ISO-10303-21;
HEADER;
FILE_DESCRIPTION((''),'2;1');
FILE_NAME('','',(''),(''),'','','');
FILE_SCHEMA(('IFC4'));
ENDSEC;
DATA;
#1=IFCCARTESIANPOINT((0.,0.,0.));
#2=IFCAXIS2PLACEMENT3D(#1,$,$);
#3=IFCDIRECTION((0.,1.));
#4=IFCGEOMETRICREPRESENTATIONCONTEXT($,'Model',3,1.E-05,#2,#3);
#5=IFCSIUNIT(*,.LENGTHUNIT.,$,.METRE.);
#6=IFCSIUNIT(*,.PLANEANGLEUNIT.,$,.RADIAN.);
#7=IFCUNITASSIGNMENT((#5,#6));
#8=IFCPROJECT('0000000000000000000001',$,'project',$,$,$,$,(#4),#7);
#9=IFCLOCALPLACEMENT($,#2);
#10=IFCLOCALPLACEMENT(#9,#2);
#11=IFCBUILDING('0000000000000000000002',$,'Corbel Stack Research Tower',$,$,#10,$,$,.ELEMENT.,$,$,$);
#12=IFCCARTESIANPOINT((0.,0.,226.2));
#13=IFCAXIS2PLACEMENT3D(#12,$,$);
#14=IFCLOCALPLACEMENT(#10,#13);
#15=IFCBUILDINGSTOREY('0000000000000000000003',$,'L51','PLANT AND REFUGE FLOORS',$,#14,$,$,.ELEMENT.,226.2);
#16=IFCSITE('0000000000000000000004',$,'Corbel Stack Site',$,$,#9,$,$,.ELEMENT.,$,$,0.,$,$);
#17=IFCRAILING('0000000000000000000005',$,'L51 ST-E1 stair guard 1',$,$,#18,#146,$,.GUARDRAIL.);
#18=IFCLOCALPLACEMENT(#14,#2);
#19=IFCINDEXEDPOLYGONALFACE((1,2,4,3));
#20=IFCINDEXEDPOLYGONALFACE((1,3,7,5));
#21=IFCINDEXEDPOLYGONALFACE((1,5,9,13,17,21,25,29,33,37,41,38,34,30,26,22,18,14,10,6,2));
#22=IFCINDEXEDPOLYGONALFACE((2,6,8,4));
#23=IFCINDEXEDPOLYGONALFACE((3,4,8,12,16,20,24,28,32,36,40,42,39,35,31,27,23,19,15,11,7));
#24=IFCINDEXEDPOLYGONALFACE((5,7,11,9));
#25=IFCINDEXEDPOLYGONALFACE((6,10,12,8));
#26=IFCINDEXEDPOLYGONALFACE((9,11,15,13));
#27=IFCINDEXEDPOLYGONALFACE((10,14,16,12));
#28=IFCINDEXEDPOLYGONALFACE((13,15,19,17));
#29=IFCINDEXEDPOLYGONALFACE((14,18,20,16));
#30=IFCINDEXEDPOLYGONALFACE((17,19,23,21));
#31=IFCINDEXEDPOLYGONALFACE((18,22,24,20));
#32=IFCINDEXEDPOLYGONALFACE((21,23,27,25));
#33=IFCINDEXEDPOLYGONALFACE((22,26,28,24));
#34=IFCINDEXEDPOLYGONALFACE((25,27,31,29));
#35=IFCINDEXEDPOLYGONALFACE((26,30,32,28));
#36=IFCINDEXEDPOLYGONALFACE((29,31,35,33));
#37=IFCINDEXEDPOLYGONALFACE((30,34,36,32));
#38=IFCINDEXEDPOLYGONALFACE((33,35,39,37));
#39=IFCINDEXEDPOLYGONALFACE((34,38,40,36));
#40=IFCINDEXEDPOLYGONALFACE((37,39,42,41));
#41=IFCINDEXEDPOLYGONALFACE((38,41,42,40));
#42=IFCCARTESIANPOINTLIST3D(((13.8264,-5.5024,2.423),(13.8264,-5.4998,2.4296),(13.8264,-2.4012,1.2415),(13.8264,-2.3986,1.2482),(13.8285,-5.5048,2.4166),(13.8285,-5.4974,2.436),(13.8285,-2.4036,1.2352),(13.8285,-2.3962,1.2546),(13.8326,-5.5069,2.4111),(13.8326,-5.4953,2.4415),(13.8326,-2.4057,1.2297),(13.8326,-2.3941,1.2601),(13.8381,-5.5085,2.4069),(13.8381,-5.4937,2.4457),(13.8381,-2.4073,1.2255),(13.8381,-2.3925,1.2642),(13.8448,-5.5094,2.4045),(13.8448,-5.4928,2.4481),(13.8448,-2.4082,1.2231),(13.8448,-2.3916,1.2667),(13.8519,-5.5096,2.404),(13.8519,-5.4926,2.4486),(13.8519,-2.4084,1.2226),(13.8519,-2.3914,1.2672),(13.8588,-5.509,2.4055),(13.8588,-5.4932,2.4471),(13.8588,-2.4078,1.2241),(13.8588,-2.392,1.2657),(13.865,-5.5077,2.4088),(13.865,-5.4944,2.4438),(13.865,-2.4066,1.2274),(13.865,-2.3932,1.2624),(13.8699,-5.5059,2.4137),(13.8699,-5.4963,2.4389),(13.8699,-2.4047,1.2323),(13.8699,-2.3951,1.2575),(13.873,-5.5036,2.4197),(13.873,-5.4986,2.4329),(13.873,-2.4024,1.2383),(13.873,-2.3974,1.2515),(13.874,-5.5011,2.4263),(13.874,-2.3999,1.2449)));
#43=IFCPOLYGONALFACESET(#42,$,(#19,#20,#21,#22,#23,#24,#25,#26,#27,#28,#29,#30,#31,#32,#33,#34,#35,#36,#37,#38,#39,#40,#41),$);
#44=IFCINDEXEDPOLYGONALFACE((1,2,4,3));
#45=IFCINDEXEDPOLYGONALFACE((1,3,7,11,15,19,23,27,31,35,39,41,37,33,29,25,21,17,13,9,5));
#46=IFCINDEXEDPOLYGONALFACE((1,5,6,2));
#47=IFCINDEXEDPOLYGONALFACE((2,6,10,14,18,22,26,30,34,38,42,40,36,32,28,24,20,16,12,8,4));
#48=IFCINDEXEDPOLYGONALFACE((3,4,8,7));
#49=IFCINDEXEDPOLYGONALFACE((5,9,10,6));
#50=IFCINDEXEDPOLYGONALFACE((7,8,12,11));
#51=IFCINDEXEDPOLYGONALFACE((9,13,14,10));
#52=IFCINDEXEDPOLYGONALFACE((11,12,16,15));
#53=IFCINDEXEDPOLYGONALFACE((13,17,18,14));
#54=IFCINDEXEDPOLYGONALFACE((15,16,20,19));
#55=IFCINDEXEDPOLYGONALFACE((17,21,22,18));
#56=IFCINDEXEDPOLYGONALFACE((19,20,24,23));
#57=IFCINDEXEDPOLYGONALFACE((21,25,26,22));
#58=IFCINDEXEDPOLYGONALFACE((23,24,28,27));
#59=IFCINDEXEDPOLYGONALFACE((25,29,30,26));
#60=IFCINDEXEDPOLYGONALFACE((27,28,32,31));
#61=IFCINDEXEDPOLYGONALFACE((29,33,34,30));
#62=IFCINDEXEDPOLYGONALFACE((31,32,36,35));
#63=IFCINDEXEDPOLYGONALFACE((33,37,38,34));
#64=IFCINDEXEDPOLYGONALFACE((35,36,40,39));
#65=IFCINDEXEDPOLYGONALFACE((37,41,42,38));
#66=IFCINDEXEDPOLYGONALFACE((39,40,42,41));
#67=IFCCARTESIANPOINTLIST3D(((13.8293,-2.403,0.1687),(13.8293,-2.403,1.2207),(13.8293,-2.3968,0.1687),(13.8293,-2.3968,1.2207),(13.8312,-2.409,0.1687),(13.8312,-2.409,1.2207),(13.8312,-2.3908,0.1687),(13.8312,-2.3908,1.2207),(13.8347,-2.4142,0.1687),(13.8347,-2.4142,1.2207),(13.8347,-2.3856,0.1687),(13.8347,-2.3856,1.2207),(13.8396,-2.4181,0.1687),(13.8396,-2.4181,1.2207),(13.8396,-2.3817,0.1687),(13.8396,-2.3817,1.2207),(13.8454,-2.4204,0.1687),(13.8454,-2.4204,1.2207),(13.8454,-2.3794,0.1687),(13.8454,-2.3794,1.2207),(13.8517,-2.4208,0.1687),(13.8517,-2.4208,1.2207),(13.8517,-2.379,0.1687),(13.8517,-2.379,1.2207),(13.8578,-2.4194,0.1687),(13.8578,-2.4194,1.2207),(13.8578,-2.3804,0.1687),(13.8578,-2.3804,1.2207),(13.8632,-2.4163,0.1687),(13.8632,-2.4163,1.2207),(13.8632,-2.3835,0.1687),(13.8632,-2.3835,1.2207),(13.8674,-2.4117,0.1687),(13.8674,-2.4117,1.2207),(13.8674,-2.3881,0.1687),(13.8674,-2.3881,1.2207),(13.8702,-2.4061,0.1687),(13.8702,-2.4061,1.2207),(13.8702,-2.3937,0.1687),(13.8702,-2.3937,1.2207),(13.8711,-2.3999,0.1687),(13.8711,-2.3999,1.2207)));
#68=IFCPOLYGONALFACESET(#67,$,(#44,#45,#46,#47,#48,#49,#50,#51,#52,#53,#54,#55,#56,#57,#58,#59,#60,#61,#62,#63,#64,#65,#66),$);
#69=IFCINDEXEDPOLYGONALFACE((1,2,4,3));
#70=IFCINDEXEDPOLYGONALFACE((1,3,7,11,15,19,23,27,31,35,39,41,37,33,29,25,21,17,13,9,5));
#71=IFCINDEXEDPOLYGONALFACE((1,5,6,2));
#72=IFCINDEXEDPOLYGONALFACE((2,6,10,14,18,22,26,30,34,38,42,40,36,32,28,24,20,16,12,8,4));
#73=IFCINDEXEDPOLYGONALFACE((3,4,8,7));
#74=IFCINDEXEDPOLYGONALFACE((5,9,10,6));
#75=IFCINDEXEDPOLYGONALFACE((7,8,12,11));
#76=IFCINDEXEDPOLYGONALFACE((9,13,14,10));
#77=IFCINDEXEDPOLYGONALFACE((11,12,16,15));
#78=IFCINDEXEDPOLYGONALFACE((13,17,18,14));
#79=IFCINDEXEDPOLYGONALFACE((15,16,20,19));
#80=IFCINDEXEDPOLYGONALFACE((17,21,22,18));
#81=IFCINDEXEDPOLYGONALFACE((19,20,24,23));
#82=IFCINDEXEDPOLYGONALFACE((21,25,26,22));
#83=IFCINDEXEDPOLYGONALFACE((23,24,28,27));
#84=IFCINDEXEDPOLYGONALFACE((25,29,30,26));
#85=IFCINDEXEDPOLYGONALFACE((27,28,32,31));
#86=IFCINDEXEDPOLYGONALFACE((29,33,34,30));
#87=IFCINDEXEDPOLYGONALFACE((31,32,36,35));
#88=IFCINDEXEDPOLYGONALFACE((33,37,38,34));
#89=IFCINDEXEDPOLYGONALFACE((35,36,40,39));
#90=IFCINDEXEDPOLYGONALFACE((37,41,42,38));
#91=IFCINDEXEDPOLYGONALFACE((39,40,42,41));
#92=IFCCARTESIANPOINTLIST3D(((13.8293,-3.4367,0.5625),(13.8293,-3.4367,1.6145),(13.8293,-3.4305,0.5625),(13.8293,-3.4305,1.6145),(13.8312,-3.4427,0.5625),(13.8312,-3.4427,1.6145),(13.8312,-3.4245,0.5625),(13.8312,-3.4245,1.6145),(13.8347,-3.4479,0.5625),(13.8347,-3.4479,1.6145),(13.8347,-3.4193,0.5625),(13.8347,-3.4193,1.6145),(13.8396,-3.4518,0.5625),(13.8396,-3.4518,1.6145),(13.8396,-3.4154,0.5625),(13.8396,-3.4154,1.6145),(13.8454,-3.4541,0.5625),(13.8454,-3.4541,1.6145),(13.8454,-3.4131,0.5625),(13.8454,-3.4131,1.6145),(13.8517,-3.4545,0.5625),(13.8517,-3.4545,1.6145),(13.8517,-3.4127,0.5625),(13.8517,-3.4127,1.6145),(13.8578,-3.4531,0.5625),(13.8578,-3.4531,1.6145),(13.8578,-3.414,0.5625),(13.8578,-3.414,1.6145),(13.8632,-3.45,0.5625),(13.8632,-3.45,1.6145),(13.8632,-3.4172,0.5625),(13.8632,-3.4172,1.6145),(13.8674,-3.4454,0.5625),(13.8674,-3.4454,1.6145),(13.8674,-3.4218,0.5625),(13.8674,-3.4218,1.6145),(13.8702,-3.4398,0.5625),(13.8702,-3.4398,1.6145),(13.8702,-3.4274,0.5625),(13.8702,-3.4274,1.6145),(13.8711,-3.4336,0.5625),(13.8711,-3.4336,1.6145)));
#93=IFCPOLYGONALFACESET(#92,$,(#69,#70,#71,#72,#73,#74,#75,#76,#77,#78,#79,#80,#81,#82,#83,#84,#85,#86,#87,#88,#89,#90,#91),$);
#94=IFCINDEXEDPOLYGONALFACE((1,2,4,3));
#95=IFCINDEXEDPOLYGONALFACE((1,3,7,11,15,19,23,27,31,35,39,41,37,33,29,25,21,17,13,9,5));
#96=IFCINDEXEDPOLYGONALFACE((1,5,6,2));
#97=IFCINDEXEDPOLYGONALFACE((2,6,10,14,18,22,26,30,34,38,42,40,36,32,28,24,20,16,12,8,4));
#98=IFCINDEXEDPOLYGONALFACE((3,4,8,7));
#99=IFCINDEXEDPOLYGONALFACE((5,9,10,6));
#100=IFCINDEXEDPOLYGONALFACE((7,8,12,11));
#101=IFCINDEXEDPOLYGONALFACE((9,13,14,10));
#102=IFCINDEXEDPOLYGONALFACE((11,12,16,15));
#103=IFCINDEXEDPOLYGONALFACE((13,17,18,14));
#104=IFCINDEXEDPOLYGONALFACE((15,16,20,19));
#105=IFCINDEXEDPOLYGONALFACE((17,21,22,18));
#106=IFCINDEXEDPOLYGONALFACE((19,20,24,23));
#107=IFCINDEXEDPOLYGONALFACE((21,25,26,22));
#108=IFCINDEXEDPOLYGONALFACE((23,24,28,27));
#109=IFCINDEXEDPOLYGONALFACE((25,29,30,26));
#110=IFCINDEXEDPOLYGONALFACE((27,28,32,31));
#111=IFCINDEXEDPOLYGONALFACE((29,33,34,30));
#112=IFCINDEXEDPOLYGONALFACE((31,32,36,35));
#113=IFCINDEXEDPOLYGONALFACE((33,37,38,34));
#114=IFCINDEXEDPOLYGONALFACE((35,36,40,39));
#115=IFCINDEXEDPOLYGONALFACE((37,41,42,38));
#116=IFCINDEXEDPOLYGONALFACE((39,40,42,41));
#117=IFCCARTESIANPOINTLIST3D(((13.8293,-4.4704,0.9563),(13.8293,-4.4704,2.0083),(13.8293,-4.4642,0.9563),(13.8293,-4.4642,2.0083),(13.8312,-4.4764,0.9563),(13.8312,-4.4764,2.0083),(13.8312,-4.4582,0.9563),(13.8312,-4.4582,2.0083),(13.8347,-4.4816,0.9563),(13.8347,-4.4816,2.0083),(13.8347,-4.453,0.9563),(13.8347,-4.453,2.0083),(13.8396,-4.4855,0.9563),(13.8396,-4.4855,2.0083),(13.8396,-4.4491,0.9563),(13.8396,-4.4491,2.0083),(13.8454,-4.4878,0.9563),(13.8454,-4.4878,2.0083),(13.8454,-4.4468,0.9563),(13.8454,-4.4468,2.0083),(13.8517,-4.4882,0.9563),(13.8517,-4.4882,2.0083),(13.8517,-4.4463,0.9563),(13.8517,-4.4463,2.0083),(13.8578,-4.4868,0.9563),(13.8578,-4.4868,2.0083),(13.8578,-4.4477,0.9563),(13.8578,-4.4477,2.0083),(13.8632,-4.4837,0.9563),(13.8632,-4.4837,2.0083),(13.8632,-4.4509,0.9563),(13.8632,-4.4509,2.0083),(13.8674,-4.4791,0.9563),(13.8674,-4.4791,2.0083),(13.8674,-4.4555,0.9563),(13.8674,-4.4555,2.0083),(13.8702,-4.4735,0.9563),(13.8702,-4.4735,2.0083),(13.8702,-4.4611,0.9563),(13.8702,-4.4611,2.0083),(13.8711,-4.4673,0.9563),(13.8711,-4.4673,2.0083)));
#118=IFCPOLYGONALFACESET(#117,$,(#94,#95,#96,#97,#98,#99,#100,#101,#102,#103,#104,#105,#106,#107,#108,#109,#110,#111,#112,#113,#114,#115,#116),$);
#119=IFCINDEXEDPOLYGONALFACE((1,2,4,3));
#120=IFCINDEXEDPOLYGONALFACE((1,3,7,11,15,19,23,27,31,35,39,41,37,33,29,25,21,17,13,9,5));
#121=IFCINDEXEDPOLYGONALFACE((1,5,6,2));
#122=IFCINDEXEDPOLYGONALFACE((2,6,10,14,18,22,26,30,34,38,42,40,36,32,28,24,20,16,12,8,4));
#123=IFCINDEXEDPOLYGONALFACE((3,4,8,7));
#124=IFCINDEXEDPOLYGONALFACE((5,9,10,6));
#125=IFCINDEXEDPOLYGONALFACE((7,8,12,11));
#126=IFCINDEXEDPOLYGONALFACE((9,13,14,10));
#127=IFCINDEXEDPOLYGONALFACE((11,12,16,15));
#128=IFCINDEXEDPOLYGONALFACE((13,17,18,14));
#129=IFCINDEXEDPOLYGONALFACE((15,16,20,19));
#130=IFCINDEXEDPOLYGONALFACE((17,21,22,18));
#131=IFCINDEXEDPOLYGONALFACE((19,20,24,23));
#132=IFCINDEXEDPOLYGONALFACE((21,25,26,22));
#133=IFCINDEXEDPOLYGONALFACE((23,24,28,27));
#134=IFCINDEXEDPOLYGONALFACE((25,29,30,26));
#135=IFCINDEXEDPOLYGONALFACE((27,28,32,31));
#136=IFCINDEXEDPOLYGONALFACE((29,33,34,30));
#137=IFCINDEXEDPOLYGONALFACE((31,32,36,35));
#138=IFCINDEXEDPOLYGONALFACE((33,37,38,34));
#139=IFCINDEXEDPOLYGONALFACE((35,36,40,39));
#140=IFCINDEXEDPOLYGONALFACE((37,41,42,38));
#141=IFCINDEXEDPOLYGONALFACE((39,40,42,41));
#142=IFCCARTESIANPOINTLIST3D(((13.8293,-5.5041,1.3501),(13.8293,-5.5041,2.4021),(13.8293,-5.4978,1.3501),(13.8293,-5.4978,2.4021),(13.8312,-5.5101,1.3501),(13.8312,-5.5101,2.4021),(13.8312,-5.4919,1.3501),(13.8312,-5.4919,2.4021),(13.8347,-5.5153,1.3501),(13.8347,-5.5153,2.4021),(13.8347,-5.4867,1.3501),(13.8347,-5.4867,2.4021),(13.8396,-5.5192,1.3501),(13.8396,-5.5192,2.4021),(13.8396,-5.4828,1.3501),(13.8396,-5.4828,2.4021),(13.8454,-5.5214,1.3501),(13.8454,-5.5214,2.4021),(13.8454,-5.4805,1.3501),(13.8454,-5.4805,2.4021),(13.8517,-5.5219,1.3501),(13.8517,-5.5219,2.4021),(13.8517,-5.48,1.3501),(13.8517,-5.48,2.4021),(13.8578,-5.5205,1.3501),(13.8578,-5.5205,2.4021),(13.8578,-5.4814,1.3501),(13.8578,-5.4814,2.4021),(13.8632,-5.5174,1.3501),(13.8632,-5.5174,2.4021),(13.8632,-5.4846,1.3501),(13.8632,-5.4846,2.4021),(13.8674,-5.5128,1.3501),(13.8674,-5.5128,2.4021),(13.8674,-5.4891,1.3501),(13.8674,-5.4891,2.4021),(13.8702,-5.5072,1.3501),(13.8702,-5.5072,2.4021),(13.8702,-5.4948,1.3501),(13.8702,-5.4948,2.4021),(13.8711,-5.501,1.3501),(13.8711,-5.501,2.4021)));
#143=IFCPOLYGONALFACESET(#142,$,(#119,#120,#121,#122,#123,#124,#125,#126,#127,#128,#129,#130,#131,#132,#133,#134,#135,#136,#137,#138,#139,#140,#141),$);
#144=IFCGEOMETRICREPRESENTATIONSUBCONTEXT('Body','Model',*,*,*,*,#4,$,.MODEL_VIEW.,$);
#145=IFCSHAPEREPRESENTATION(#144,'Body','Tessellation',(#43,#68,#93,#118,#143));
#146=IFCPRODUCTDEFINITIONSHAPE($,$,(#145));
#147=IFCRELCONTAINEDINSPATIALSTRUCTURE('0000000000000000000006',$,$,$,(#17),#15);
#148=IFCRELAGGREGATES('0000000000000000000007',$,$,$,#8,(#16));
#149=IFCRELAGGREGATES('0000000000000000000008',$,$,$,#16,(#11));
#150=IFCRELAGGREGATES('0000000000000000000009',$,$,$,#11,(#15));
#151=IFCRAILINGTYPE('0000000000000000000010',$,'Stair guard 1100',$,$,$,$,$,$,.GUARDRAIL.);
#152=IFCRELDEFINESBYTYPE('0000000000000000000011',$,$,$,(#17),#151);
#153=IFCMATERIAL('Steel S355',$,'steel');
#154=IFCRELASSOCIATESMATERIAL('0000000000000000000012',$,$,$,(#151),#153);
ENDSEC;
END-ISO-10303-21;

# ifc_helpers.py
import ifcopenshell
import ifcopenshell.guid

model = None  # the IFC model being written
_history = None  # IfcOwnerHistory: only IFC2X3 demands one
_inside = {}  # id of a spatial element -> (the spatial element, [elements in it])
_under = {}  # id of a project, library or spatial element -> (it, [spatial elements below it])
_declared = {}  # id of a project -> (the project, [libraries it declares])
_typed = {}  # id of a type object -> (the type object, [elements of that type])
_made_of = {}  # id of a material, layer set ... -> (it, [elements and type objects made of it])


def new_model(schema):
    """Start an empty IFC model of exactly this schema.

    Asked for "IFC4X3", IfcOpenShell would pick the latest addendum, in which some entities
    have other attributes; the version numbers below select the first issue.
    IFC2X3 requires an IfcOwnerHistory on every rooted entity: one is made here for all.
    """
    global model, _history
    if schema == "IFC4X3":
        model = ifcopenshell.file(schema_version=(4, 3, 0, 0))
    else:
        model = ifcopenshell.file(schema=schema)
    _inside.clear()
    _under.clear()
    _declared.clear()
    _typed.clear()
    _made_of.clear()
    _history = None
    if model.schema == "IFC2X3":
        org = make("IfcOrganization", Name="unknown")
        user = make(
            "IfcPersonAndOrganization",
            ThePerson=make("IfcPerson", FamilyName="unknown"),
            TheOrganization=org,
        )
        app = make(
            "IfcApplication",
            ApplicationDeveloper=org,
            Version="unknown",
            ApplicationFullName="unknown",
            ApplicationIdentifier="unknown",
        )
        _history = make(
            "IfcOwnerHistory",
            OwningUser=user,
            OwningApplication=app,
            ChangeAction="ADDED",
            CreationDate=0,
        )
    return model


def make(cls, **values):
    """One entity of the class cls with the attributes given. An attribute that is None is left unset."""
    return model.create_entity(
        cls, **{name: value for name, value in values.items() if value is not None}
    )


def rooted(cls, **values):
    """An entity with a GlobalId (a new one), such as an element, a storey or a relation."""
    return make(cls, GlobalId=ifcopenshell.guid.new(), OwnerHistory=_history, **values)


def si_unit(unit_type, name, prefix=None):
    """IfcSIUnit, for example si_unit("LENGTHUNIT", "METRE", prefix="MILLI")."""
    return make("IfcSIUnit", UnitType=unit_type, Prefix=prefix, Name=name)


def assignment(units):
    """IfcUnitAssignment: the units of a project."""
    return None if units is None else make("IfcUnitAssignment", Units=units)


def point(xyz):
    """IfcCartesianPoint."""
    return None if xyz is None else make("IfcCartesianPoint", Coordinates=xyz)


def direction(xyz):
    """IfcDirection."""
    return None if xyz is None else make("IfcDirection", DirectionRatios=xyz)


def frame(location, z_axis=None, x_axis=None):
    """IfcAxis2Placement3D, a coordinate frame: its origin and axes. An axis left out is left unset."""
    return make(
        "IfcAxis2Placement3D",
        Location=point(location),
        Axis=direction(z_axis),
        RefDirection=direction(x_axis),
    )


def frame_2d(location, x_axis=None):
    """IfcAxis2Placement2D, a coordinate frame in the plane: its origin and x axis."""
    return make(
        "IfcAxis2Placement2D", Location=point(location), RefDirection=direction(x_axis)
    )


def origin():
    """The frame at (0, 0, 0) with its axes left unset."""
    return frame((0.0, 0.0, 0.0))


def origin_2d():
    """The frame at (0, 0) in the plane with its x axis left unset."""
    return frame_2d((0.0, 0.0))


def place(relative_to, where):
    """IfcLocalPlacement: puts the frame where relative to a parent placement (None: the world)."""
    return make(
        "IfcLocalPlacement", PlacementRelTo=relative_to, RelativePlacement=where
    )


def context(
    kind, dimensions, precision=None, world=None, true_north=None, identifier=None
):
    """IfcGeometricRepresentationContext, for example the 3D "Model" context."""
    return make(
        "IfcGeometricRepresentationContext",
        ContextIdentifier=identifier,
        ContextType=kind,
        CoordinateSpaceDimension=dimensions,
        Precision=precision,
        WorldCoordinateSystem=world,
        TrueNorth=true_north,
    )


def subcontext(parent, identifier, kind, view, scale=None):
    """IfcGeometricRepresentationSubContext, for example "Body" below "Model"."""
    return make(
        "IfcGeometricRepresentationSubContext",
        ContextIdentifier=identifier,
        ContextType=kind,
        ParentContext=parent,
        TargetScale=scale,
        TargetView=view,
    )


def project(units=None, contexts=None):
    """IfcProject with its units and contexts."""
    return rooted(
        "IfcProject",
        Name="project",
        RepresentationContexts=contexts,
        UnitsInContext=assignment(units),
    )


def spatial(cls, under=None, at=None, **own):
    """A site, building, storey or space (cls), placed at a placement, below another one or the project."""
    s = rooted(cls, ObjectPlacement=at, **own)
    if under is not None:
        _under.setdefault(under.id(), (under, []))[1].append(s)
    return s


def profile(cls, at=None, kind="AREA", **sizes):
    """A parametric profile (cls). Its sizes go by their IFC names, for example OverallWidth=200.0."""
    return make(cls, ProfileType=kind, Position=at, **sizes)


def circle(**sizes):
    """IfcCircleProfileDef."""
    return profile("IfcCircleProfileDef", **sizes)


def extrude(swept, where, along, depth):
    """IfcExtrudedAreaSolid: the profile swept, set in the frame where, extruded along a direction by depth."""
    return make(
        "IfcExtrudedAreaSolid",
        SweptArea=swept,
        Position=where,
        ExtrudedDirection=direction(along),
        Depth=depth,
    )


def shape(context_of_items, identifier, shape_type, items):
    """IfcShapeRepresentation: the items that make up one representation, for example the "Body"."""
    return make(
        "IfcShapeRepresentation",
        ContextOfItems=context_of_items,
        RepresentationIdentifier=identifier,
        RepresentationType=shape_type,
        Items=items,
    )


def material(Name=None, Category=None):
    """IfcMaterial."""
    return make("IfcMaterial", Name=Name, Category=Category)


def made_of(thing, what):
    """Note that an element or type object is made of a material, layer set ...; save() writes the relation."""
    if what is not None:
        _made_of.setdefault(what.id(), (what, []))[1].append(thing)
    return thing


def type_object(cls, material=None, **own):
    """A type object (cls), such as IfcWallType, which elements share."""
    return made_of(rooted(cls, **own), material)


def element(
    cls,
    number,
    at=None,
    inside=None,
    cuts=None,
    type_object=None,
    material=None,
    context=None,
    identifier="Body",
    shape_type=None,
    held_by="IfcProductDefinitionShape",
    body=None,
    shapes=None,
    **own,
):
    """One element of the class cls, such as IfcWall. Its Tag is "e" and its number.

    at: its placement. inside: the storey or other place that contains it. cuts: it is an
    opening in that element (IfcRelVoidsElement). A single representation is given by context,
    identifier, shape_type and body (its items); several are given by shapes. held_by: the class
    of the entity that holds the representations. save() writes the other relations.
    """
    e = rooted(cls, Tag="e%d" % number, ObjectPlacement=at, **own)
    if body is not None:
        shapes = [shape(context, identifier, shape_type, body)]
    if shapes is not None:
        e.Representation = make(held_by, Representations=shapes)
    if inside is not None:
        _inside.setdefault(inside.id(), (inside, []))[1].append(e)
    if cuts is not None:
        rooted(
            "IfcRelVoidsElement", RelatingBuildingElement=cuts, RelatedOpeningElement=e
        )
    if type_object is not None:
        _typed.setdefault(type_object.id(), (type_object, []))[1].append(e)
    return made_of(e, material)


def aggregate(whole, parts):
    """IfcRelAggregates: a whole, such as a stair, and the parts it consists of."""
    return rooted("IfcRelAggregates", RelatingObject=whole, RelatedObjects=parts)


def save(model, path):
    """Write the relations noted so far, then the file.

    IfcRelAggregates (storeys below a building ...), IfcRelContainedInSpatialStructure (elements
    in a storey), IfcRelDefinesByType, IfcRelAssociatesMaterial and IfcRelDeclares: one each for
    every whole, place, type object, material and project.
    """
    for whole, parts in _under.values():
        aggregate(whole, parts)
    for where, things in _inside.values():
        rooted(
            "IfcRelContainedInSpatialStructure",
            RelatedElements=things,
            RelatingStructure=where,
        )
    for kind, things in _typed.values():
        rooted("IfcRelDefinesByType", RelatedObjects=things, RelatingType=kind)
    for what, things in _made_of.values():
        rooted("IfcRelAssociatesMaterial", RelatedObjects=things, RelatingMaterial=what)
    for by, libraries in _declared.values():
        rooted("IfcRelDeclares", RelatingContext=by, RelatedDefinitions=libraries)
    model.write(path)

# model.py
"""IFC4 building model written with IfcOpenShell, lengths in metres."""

from ifc_helpers import new_model, si_unit, direction, frame, origin, origin_2d, place, context, subcontext, project, spatial, circle, extrude, material, type_object, element, save


model = new_model("IFC4")

# Units and contexts
model_context = context("Model", 3, precision=1e-05, world=origin(), true_north=direction((0.0, 1.0)))
body_context = subcontext(model_context, "Body", "Model", "MODEL_VIEW")
ifc_project = project(units=[si_unit("LENGTHUNIT", "METRE"), si_unit("PLANEANGLEUNIT", "RADIAN")], contexts=[model_context])

# Site, building, storey
site_placement = place(None, origin())
site = spatial("IfcSite", under=ifc_project, at=site_placement, Name="Corbel Stack Site", CompositionType="ELEMENT", RefElevation=0.0)
building_placement = place(site_placement, origin())
building = spatial("IfcBuilding", under=site, at=building_placement, Name="Corbel Stack Research Tower", CompositionType="ELEMENT")
storey_placement = place(building_placement, frame((0.0, 0.0, 226.2)))
storey = spatial("IfcBuildingStorey", under=building, at=storey_placement, Name="L51", Description="PLANT AND REFUGE FLOORS", CompositionType="ELEMENT", Elevation=226.2)

# Railing
ifc_material_1 = material(Name="Steel S355", Category="steel")
railing_type_1 = type_object("IfcRailingType", Name="Stair guard 1100", PredefinedType="GUARDRAIL", material=ifc_material_1)
railing_1_placement = place(storey_placement, frame((13.8501, -2.3999, 0.1687)))
element("IfcRailing", 1, at=railing_1_placement, inside=storey, type_object=railing_type_1, Name="L51 ST-E1 stair guard 1", PredefinedType="GUARDRAIL", context=body_context, shape_type="SweptSolid", body=[
    extrude(circle(Radius=0.0239, at=origin_2d()), frame((0.0, 0.0, 1.0762), z_axis=(0.0, -0.934484, 0.356005), x_axis=(1.0, 0.0, 0.0)), (0.0, 0.0, 1.0), 3.3186),
    extrude(circle(Radius=0.021, at=origin_2d()), origin(), (0.0, 0.0, 1.0), 1.052),
    extrude(circle(Radius=0.021, at=origin_2d()), frame((0.0, -1.0337, 0.3938)), (0.0, 0.0, 1.0), 1.052),
    extrude(circle(Radius=0.021, at=origin_2d()), frame((0.0, -2.0674, 0.7876)), (0.0, 0.0, 1.0), 1.052),
    extrude(circle(Radius=0.021, at=origin_2d()), frame((0.0, -3.1011, 1.1814)), (0.0, 0.0, 1.0), 1.052),
])

save(model, "model.ifc")
